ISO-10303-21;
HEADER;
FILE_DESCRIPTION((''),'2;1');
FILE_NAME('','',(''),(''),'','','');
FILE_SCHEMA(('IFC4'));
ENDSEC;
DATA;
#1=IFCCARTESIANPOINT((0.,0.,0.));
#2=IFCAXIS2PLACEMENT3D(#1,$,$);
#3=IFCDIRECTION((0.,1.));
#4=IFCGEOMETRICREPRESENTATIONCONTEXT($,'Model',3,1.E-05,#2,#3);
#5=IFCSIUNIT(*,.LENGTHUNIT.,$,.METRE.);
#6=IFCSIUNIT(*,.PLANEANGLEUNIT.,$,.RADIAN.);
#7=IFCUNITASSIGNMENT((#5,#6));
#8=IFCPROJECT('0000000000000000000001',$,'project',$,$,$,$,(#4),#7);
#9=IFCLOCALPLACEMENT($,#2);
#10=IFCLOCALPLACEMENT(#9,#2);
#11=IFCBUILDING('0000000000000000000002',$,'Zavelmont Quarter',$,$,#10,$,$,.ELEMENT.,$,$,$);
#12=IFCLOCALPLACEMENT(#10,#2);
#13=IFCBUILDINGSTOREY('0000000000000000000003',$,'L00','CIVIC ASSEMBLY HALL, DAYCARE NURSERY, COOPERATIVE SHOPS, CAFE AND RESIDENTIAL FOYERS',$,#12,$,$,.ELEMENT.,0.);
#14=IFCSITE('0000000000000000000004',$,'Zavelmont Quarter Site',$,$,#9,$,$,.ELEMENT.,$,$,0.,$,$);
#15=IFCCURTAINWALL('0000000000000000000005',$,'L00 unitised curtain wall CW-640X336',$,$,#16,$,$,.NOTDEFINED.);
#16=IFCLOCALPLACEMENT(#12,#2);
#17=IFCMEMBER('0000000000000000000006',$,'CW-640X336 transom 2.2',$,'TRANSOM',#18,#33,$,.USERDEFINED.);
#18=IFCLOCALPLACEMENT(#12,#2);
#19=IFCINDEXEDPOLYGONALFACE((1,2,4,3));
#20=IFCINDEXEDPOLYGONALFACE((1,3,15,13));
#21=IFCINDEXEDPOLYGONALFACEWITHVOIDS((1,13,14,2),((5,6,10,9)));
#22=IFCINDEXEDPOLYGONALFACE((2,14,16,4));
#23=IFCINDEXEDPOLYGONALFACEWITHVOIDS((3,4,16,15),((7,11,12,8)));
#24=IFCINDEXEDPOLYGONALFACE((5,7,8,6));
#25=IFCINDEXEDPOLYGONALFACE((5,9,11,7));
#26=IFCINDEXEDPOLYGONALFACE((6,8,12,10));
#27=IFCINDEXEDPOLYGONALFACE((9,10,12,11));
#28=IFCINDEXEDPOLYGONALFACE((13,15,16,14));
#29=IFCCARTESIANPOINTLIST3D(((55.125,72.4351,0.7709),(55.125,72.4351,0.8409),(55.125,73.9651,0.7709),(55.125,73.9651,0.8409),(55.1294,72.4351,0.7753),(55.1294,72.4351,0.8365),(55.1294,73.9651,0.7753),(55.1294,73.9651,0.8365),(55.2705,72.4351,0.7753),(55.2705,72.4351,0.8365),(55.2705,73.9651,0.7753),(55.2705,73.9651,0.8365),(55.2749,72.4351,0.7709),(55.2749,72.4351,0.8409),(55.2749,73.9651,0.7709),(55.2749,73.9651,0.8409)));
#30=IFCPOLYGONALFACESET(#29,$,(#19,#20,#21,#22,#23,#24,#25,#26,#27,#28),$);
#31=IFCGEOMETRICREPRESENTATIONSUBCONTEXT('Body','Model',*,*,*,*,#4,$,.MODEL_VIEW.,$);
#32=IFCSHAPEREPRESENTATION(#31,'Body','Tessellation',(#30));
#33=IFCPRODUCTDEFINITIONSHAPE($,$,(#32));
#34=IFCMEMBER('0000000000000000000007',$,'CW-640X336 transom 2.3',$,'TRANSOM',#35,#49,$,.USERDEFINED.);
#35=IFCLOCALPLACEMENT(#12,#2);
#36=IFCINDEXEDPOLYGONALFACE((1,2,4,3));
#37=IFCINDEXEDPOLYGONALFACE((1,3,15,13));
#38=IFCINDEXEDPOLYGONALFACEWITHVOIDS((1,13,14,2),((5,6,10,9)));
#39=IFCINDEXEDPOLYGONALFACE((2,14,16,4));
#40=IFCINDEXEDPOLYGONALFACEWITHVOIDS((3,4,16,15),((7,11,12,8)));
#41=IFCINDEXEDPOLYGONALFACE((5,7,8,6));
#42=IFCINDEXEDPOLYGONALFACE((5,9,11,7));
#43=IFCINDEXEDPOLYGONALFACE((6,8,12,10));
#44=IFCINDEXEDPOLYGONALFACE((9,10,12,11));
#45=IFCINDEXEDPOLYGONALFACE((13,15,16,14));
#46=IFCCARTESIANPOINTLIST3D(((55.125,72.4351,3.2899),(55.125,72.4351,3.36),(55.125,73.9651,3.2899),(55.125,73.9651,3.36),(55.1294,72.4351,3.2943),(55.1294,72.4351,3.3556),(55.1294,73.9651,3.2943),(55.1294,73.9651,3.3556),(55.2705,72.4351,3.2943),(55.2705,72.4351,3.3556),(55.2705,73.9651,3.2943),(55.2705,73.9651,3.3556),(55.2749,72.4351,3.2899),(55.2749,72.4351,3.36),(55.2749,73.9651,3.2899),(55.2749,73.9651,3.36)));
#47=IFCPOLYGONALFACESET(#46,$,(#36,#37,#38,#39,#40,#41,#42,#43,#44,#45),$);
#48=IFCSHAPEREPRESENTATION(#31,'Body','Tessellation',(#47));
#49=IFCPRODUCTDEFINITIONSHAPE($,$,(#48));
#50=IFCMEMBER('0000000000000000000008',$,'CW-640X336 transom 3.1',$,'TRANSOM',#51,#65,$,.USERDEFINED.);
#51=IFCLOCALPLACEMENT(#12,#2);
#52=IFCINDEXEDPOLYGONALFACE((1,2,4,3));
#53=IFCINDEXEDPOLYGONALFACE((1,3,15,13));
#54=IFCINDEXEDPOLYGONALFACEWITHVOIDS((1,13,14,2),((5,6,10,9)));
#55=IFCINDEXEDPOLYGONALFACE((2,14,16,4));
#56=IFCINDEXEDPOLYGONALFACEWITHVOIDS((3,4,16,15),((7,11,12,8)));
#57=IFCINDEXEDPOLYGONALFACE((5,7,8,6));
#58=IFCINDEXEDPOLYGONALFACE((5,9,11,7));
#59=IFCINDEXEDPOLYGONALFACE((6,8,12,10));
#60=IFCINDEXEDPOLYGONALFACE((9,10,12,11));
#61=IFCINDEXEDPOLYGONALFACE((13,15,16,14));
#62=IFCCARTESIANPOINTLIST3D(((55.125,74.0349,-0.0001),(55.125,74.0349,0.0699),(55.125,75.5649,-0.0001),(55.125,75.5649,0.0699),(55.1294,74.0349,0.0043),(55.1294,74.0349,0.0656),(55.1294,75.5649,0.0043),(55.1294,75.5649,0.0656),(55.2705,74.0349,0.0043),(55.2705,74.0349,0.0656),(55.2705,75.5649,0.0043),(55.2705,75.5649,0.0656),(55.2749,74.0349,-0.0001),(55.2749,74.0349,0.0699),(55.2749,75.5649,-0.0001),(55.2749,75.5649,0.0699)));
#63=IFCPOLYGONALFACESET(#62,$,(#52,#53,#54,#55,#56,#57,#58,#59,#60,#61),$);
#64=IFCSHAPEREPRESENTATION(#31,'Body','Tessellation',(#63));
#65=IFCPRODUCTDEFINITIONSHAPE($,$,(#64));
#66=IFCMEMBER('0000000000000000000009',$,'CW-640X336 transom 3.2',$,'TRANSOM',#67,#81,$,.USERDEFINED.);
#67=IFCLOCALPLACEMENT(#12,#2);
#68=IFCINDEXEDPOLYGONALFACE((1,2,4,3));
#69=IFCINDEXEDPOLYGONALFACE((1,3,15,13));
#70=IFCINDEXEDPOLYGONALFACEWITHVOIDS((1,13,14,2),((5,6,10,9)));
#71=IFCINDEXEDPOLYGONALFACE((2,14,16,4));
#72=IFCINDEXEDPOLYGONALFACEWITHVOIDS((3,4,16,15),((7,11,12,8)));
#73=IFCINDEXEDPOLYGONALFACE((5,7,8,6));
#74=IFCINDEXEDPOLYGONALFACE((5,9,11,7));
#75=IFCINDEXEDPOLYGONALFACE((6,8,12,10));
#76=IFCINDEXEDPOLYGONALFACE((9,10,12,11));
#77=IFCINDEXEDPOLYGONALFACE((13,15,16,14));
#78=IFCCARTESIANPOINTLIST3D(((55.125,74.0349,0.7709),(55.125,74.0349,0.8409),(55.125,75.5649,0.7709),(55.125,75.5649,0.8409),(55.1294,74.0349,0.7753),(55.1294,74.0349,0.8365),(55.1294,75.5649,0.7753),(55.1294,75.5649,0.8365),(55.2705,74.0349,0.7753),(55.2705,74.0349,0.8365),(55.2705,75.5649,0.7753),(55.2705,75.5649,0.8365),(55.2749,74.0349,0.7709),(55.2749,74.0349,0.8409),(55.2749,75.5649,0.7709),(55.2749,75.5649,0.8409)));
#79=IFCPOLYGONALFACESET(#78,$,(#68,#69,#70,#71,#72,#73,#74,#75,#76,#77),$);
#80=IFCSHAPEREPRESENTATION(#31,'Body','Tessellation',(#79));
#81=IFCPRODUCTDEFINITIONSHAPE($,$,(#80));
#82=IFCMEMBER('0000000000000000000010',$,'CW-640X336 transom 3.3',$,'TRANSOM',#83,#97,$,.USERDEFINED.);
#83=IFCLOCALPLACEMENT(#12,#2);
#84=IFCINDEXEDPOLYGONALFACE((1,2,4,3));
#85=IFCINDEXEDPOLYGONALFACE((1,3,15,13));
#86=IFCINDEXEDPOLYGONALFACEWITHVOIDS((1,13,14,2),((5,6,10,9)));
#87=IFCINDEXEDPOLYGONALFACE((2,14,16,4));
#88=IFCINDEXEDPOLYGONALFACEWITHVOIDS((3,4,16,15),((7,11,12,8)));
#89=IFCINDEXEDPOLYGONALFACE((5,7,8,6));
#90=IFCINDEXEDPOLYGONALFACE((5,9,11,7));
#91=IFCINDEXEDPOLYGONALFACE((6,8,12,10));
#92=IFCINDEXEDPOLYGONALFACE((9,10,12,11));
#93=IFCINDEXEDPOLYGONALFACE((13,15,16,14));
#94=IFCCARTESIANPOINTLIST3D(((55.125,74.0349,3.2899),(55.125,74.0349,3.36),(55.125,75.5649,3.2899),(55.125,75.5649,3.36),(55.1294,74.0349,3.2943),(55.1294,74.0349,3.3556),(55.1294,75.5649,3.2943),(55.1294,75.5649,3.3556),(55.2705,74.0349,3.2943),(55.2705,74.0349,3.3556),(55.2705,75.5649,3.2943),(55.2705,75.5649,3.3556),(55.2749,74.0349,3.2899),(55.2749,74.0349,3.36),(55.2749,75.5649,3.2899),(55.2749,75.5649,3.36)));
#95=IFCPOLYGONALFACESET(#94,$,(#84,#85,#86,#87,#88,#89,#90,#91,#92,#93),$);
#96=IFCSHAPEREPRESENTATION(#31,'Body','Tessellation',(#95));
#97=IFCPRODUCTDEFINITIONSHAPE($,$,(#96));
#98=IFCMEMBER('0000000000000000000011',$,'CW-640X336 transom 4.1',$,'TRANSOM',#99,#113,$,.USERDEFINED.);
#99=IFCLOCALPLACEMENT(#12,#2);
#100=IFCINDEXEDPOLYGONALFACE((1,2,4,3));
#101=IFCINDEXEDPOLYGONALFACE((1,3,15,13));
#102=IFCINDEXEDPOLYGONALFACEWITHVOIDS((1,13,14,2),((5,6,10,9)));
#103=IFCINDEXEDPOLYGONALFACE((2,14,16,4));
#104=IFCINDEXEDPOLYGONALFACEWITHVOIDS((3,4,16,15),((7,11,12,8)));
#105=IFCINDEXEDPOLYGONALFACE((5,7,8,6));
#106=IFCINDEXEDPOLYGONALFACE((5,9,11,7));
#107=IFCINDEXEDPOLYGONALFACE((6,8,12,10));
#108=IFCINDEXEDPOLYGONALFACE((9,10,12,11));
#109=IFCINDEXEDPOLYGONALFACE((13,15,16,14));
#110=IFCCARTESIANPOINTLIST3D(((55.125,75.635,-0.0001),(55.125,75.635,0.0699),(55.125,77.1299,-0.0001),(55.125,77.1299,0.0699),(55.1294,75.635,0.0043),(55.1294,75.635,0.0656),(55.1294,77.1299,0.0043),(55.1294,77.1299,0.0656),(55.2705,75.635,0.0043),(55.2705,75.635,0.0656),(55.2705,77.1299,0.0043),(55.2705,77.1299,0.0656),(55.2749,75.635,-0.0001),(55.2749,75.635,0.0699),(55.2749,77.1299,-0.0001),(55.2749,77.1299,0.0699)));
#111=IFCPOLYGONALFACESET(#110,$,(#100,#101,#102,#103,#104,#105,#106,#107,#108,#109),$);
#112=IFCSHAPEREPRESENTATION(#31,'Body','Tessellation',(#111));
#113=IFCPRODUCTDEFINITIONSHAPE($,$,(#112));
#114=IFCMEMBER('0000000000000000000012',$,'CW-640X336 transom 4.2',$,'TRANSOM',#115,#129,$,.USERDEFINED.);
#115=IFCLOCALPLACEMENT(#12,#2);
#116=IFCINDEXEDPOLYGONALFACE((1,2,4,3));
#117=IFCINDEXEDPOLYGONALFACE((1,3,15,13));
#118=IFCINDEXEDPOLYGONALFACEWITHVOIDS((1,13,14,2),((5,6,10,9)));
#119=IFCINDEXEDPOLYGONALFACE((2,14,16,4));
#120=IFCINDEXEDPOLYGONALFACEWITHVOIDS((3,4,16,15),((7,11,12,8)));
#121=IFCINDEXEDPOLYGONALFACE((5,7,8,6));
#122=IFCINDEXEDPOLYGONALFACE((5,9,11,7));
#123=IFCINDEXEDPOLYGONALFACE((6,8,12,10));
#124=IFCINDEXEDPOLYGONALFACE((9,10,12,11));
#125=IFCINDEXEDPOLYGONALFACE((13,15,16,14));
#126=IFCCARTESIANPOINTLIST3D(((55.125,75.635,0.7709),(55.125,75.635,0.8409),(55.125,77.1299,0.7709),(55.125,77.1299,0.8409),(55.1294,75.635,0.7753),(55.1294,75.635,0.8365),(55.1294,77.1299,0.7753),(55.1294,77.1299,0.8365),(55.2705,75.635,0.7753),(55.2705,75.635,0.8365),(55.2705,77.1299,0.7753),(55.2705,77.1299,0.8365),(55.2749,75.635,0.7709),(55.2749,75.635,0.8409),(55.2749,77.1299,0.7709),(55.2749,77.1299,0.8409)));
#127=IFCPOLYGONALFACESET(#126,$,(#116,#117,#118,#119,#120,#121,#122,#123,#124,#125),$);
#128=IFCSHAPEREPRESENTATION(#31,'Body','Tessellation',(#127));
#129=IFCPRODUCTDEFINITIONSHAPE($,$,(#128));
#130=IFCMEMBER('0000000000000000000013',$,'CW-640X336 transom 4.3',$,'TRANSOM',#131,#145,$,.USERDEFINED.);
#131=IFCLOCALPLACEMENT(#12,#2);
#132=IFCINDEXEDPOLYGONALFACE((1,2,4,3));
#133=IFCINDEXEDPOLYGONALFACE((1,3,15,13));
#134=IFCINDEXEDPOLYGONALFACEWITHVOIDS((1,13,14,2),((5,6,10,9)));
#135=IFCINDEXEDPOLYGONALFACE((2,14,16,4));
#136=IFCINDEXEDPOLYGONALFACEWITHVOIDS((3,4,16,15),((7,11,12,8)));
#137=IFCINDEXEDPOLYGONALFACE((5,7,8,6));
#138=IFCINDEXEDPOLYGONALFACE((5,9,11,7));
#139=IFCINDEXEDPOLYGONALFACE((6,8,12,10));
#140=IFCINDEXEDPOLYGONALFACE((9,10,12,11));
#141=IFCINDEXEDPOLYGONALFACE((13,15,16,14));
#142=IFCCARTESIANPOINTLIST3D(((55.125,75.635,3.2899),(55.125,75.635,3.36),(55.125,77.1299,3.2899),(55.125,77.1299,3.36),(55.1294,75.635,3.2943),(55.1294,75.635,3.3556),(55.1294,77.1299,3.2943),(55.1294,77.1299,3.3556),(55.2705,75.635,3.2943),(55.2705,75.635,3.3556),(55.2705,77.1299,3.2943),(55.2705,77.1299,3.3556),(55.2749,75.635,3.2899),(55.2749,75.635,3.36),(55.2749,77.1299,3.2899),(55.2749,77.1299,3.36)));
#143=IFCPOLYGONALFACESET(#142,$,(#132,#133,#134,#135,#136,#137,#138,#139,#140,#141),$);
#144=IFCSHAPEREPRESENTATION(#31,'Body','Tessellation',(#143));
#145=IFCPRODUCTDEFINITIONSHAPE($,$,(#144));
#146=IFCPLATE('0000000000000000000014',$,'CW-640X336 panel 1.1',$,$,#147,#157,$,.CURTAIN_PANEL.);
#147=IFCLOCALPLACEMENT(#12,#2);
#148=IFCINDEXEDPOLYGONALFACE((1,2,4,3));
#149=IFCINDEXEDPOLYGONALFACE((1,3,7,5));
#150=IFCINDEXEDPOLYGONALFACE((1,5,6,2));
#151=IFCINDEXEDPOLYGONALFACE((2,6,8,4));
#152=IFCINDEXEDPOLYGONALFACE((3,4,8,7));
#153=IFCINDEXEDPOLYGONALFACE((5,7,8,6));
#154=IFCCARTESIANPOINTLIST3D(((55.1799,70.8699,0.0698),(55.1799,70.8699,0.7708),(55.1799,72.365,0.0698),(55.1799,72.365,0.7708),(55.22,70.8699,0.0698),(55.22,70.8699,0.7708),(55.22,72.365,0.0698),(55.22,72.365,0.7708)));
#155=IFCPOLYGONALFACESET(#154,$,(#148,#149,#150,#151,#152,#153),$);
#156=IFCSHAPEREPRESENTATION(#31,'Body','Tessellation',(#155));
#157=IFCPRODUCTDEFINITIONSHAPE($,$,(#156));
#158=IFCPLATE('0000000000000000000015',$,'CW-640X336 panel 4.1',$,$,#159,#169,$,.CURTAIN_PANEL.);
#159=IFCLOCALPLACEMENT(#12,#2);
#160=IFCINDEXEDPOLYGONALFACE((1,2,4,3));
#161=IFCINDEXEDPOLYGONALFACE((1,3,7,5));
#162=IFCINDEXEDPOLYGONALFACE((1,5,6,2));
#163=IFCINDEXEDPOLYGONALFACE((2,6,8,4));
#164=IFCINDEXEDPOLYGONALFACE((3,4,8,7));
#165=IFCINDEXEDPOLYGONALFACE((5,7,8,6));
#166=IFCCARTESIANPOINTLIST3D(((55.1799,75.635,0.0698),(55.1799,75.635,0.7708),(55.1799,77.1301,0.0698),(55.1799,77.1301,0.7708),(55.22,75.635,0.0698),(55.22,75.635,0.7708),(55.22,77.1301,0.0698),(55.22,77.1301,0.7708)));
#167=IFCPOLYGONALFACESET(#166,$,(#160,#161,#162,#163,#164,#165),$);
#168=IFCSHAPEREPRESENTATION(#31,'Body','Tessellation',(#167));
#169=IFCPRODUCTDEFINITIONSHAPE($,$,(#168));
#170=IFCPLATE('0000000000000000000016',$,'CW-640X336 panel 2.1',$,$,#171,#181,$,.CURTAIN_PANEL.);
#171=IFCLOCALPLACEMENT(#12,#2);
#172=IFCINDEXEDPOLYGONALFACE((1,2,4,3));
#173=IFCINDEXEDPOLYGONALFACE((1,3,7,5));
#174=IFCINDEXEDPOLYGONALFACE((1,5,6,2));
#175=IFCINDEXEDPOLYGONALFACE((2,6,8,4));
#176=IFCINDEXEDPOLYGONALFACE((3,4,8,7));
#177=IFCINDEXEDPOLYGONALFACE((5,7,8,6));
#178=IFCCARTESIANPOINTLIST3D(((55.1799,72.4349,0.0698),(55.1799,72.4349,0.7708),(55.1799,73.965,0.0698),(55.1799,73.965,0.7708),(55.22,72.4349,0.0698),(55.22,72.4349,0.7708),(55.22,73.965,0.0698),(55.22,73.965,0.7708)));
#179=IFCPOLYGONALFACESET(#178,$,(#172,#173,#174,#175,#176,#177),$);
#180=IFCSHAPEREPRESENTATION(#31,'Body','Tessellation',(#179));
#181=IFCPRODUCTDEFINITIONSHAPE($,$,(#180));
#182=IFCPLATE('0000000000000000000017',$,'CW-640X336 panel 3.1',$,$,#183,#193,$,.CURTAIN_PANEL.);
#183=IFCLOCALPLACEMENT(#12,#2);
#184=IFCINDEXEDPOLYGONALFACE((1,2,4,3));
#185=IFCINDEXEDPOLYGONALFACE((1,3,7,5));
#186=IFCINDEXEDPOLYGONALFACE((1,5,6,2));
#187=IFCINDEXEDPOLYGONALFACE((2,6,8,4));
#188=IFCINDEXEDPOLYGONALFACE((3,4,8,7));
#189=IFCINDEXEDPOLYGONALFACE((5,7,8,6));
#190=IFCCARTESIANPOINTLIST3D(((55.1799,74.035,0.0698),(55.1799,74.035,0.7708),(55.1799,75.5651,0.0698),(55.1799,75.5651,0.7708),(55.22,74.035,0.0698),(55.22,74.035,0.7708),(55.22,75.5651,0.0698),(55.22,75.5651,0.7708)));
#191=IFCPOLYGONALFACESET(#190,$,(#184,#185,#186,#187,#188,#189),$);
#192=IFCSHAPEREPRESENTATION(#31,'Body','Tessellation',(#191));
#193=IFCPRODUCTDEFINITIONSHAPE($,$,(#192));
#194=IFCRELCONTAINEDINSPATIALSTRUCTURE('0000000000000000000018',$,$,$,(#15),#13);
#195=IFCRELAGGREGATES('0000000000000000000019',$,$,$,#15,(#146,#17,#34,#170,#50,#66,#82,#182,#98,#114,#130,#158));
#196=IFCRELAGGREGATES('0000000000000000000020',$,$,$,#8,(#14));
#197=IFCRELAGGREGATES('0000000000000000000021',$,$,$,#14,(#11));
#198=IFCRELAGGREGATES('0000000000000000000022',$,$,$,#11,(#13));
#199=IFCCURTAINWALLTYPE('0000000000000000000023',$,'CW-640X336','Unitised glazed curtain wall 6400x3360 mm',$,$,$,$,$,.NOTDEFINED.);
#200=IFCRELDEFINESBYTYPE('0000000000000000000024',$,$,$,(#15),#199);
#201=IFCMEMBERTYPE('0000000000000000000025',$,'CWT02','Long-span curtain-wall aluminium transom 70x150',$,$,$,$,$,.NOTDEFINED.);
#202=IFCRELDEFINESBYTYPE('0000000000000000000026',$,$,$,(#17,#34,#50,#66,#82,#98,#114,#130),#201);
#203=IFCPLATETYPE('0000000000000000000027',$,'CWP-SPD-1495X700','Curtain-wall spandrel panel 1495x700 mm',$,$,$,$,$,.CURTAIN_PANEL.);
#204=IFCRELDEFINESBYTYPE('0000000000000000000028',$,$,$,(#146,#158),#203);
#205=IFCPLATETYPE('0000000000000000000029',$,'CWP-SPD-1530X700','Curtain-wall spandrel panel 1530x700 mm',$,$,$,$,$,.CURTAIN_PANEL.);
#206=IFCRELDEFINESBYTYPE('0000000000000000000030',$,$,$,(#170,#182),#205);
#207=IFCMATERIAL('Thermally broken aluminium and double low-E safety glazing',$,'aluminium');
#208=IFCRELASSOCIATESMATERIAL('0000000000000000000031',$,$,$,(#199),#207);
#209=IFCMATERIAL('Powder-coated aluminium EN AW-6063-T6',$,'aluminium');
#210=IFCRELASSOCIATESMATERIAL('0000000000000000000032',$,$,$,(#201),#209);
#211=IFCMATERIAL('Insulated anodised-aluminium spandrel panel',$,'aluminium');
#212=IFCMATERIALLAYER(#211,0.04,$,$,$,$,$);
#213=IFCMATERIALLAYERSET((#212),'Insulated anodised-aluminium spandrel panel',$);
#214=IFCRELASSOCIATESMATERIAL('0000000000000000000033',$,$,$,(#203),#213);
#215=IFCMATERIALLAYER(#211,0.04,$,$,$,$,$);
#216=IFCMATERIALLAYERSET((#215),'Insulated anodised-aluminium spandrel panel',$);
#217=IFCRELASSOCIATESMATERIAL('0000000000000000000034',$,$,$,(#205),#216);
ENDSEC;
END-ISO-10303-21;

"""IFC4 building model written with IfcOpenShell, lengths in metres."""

from ifc_helpers import new_model, si_unit, direction, frame, origin, origin_2d, place, context, subcontext, project, spatial, rectangle, hollow_rectangle, extrude, material, layer, layer_set, material_profile, profile_set, type_object, element, aggregate, save


model = new_model("IFC4")

# Units and contexts
model_context = context("Model", 3, precision=1e-05, world=origin(), true_north=direction((0.0, 1.0)))
body_context = subcontext(model_context, "Body", "Model", "MODEL_VIEW")
ifc_project = project(units=[si_unit("LENGTHUNIT", "METRE"), si_unit("PLANEANGLEUNIT", "RADIAN")], contexts=[model_context])

# Site, building, storey
site_placement = place(None, origin())
site = spatial("IfcSite", under=ifc_project, at=site_placement, Name="Zavelmont Quarter Site", CompositionType="ELEMENT", RefElevation=0.0)
building_placement = place(site_placement, origin())
building = spatial("IfcBuilding", under=site, at=building_placement, Name="Zavelmont Quarter", CompositionType="ELEMENT")
storey_placement = place(building_placement, origin())
storey = spatial("IfcBuildingStorey", under=building, at=storey_placement, Name="L00", Description="CIVIC ASSEMBLY HALL, DAYCARE NURSERY, COOPERATIVE SHOPS, CAFE AND RESIDENTIAL FOYERS", CompositionType="ELEMENT", Elevation=0.0)

# Curtain wall, members, plates
ifc_material_1 = material(Name="Thermally broken aluminium and double low-E safety glazing", Category="aluminium")
curtain_wall_type = type_object("IfcCurtainWallType", Name="CW-640X336", Description="Unitised glazed curtain wall 6400x3360 mm", PredefinedType="NOTDEFINED", material=ifc_material_1)
curtain_wall_placement = place(storey_placement, origin())
curtain_wall = element("IfcCurtainWall", 1, at=curtain_wall_placement, inside=storey, type_object=curtain_wall_type, Name="L00 unitised curtain wall CW-640X336", PredefinedType="NOTDEFINED")
ifc_material_2 = material(Name="Powder-coated aluminium EN AW-6063-T6", Category="aluminium")
ifc_material_profile_1 = material_profile(ifc_material_2, hollow_rectangle(XDim=0.1499, YDim=0.0701, WallThickness=0.0044, at=origin_2d()), Name="CWT70X150")
ifc_profile_set_1 = profile_set([ifc_material_profile_1], Name="Powder-coated aluminium EN AW-6063-T6")
member_type_1 = type_object("IfcMemberType", Name="CWT02", Description="Long-span curtain-wall aluminium transom 70x150", PredefinedType="NOTDEFINED", material=ifc_profile_set_1)
member_1_placement = place(storey_placement, frame((55.2, 72.4351, 0.8059), z_axis=(0.0, 1.0, 0.0), x_axis=(-1.0, 0.0, 0.0)))
member_1 = element("IfcMember", 2, at=member_1_placement, type_object=member_type_1, Name="CW-640X336 transom 2.2", ObjectType="TRANSOM", PredefinedType="USERDEFINED", context=body_context, shape_type="SweptSolid", body=[
    extrude(hollow_rectangle(XDim=0.1499, YDim=0.0701, WallThickness=0.0044, at=origin_2d()), origin(), (0.0, 0.0, 1.0), 1.53),
])
member_2_placement = place(storey_placement, frame((55.2, 72.4351, 3.325), z_axis=(0.0, 1.0, 0.0), x_axis=(-1.0, 0.0, 0.0)))
member_2 = element("IfcMember", 3, at=member_2_placement, type_object=member_type_1, Name="CW-640X336 transom 2.3", ObjectType="TRANSOM", PredefinedType="USERDEFINED", context=body_context, shape_type="SweptSolid", body=[
    extrude(hollow_rectangle(XDim=0.1499, YDim=0.0701, WallThickness=0.0044, at=origin_2d()), origin(), (0.0, 0.0, 1.0), 1.53),
])
member_3_placement = place(storey_placement, frame((55.2, 74.0349, 0.0349), z_axis=(0.0, 1.0, 0.0), x_axis=(-1.0, 0.0, 0.0)))
member_3 = element("IfcMember", 4, at=member_3_placement, type_object=member_type_1, Name="CW-640X336 transom 3.1", ObjectType="TRANSOM", PredefinedType="USERDEFINED", context=body_context, shape_type="SweptSolid", body=[
    extrude(hollow_rectangle(XDim=0.1499, YDim=0.0701, WallThickness=0.0044, at=origin_2d()), origin(), (0.0, 0.0, 1.0), 1.53),
])
member_4_placement = place(storey_placement, frame((55.2, 74.0349, 0.8059), z_axis=(0.0, 1.0, 0.0), x_axis=(-1.0, 0.0, 0.0)))
member_4 = element("IfcMember", 5, at=member_4_placement, type_object=member_type_1, Name="CW-640X336 transom 3.2", ObjectType="TRANSOM", PredefinedType="USERDEFINED", context=body_context, shape_type="SweptSolid", body=[
    extrude(hollow_rectangle(XDim=0.1499, YDim=0.0701, WallThickness=0.0044, at=origin_2d()), origin(), (0.0, 0.0, 1.0), 1.53),
])
member_5_placement = place(storey_placement, frame((55.2, 74.0349, 3.325), z_axis=(0.0, 1.0, 0.0), x_axis=(-1.0, 0.0, 0.0)))
member_5 = element("IfcMember", 6, at=member_5_placement, type_object=member_type_1, Name="CW-640X336 transom 3.3", ObjectType="TRANSOM", PredefinedType="USERDEFINED", context=body_context, shape_type="SweptSolid", body=[
    extrude(hollow_rectangle(XDim=0.1499, YDim=0.0701, WallThickness=0.0044, at=origin_2d()), origin(), (0.0, 0.0, 1.0), 1.53),
])
member_6_placement = place(storey_placement, frame((55.2, 75.635, 0.0349), z_axis=(0.0, 1.0, 0.0), x_axis=(-1.0, 0.0, 0.0)))
member_6 = element("IfcMember", 7, at=member_6_placement, type_object=member_type_1, Name="CW-640X336 transom 4.1", ObjectType="TRANSOM", PredefinedType="USERDEFINED", context=body_context, shape_type="SweptSolid", body=[
    extrude(hollow_rectangle(XDim=0.1499, YDim=0.0701, WallThickness=0.0044, at=origin_2d()), origin(), (0.0, 0.0, 1.0), 1.4949),
])
member_7_placement = place(storey_placement, frame((55.2, 75.635, 0.8059), z_axis=(0.0, 1.0, 0.0), x_axis=(-1.0, 0.0, 0.0)))
member_7 = element("IfcMember", 8, at=member_7_placement, type_object=member_type_1, Name="CW-640X336 transom 4.2", ObjectType="TRANSOM", PredefinedType="USERDEFINED", context=body_context, shape_type="SweptSolid", body=[
    extrude(hollow_rectangle(XDim=0.1499, YDim=0.0701, WallThickness=0.0044, at=origin_2d()), origin(), (0.0, 0.0, 1.0), 1.4949),
])
member_8_placement = place(storey_placement, frame((55.2, 75.635, 3.325), z_axis=(0.0, 1.0, 0.0), x_axis=(-1.0, 0.0, 0.0)))
member_8 = element("IfcMember", 9, at=member_8_placement, type_object=member_type_1, Name="CW-640X336 transom 4.3", ObjectType="TRANSOM", PredefinedType="USERDEFINED", context=body_context, shape_type="SweptSolid", body=[
    extrude(hollow_rectangle(XDim=0.1499, YDim=0.0701, WallThickness=0.0044, at=origin_2d()), origin(), (0.0, 0.0, 1.0), 1.4949),
])
ifc_material_3 = material(Name="Insulated anodised-aluminium spandrel panel", Category="aluminium")
ifc_layer_1 = layer(ifc_material_3, 0.04)
ifc_layer_set_1 = layer_set([ifc_layer_1], Name="Insulated anodised-aluminium spandrel panel")
plate_type_1 = type_object("IfcPlateType", Name="CWP-SPD-1495X700", Description="Curtain-wall spandrel panel 1495x700 mm", PredefinedType="CURTAIN_PANEL", material=ifc_layer_set_1)
plate_1_placement = place(storey_placement, frame((55.2, 71.6174, 0.0698), z_axis=(0.0, 0.0, 1.0), x_axis=(0.0, 1.0, 0.0)))
plate_1 = element("IfcPlate", 10, at=plate_1_placement, type_object=plate_type_1, Name="CW-640X336 panel 1.1", PredefinedType="CURTAIN_PANEL", context=body_context, shape_type="SweptSolid", body=[
    extrude(rectangle(XDim=1.4951, YDim=0.04, at=origin_2d()), origin(), (0.0, 0.0, 1.0), 0.7009),
])
plate_2_placement = place(storey_placement, frame((55.2, 76.3826, 0.0698), z_axis=(0.0, 0.0, 1.0), x_axis=(0.0, 1.0, 0.0)))
plate_2 = element("IfcPlate", 11, at=plate_2_placement, type_object=plate_type_1, Name="CW-640X336 panel 4.1", PredefinedType="CURTAIN_PANEL", context=body_context, shape_type="SweptSolid", body=[
    extrude(rectangle(XDim=1.4951, YDim=0.04, at=origin_2d()), origin(), (0.0, 0.0, 1.0), 0.7009),
])
ifc_layer_2 = layer(ifc_material_3, 0.04)
ifc_layer_set_2 = layer_set([ifc_layer_2], Name="Insulated anodised-aluminium spandrel panel")
plate_type_2 = type_object("IfcPlateType", Name="CWP-SPD-1530X700", Description="Curtain-wall spandrel panel 1530x700 mm", PredefinedType="CURTAIN_PANEL", material=ifc_layer_set_2)
plate_3_placement = place(storey_placement, frame((55.2, 73.2, 0.0698), z_axis=(0.0, 0.0, 1.0), x_axis=(0.0, 1.0, 0.0)))
plate_3 = element("IfcPlate", 12, at=plate_3_placement, type_object=plate_type_2, Name="CW-640X336 panel 2.1", PredefinedType="CURTAIN_PANEL", context=body_context, shape_type="SweptSolid", body=[
    extrude(rectangle(XDim=1.53, YDim=0.04, at=origin_2d()), origin(), (0.0, 0.0, 1.0), 0.7009),
])
plate_4_placement = place(storey_placement, frame((55.2, 74.8, 0.0698), z_axis=(0.0, 0.0, 1.0), x_axis=(0.0, 1.0, 0.0)))
plate_4 = element("IfcPlate", 13, at=plate_4_placement, type_object=plate_type_2, Name="CW-640X336 panel 3.1", PredefinedType="CURTAIN_PANEL", context=body_context, shape_type="SweptSolid", body=[
    extrude(rectangle(XDim=1.53, YDim=0.04, at=origin_2d()), origin(), (0.0, 0.0, 1.0), 0.7009),
])
aggregate(curtain_wall, [plate_1, member_1, member_2, plate_3, member_3, member_4, member_5, plate_4, member_6, member_7, member_8, plate_2])

save(model, "model.ifc")
